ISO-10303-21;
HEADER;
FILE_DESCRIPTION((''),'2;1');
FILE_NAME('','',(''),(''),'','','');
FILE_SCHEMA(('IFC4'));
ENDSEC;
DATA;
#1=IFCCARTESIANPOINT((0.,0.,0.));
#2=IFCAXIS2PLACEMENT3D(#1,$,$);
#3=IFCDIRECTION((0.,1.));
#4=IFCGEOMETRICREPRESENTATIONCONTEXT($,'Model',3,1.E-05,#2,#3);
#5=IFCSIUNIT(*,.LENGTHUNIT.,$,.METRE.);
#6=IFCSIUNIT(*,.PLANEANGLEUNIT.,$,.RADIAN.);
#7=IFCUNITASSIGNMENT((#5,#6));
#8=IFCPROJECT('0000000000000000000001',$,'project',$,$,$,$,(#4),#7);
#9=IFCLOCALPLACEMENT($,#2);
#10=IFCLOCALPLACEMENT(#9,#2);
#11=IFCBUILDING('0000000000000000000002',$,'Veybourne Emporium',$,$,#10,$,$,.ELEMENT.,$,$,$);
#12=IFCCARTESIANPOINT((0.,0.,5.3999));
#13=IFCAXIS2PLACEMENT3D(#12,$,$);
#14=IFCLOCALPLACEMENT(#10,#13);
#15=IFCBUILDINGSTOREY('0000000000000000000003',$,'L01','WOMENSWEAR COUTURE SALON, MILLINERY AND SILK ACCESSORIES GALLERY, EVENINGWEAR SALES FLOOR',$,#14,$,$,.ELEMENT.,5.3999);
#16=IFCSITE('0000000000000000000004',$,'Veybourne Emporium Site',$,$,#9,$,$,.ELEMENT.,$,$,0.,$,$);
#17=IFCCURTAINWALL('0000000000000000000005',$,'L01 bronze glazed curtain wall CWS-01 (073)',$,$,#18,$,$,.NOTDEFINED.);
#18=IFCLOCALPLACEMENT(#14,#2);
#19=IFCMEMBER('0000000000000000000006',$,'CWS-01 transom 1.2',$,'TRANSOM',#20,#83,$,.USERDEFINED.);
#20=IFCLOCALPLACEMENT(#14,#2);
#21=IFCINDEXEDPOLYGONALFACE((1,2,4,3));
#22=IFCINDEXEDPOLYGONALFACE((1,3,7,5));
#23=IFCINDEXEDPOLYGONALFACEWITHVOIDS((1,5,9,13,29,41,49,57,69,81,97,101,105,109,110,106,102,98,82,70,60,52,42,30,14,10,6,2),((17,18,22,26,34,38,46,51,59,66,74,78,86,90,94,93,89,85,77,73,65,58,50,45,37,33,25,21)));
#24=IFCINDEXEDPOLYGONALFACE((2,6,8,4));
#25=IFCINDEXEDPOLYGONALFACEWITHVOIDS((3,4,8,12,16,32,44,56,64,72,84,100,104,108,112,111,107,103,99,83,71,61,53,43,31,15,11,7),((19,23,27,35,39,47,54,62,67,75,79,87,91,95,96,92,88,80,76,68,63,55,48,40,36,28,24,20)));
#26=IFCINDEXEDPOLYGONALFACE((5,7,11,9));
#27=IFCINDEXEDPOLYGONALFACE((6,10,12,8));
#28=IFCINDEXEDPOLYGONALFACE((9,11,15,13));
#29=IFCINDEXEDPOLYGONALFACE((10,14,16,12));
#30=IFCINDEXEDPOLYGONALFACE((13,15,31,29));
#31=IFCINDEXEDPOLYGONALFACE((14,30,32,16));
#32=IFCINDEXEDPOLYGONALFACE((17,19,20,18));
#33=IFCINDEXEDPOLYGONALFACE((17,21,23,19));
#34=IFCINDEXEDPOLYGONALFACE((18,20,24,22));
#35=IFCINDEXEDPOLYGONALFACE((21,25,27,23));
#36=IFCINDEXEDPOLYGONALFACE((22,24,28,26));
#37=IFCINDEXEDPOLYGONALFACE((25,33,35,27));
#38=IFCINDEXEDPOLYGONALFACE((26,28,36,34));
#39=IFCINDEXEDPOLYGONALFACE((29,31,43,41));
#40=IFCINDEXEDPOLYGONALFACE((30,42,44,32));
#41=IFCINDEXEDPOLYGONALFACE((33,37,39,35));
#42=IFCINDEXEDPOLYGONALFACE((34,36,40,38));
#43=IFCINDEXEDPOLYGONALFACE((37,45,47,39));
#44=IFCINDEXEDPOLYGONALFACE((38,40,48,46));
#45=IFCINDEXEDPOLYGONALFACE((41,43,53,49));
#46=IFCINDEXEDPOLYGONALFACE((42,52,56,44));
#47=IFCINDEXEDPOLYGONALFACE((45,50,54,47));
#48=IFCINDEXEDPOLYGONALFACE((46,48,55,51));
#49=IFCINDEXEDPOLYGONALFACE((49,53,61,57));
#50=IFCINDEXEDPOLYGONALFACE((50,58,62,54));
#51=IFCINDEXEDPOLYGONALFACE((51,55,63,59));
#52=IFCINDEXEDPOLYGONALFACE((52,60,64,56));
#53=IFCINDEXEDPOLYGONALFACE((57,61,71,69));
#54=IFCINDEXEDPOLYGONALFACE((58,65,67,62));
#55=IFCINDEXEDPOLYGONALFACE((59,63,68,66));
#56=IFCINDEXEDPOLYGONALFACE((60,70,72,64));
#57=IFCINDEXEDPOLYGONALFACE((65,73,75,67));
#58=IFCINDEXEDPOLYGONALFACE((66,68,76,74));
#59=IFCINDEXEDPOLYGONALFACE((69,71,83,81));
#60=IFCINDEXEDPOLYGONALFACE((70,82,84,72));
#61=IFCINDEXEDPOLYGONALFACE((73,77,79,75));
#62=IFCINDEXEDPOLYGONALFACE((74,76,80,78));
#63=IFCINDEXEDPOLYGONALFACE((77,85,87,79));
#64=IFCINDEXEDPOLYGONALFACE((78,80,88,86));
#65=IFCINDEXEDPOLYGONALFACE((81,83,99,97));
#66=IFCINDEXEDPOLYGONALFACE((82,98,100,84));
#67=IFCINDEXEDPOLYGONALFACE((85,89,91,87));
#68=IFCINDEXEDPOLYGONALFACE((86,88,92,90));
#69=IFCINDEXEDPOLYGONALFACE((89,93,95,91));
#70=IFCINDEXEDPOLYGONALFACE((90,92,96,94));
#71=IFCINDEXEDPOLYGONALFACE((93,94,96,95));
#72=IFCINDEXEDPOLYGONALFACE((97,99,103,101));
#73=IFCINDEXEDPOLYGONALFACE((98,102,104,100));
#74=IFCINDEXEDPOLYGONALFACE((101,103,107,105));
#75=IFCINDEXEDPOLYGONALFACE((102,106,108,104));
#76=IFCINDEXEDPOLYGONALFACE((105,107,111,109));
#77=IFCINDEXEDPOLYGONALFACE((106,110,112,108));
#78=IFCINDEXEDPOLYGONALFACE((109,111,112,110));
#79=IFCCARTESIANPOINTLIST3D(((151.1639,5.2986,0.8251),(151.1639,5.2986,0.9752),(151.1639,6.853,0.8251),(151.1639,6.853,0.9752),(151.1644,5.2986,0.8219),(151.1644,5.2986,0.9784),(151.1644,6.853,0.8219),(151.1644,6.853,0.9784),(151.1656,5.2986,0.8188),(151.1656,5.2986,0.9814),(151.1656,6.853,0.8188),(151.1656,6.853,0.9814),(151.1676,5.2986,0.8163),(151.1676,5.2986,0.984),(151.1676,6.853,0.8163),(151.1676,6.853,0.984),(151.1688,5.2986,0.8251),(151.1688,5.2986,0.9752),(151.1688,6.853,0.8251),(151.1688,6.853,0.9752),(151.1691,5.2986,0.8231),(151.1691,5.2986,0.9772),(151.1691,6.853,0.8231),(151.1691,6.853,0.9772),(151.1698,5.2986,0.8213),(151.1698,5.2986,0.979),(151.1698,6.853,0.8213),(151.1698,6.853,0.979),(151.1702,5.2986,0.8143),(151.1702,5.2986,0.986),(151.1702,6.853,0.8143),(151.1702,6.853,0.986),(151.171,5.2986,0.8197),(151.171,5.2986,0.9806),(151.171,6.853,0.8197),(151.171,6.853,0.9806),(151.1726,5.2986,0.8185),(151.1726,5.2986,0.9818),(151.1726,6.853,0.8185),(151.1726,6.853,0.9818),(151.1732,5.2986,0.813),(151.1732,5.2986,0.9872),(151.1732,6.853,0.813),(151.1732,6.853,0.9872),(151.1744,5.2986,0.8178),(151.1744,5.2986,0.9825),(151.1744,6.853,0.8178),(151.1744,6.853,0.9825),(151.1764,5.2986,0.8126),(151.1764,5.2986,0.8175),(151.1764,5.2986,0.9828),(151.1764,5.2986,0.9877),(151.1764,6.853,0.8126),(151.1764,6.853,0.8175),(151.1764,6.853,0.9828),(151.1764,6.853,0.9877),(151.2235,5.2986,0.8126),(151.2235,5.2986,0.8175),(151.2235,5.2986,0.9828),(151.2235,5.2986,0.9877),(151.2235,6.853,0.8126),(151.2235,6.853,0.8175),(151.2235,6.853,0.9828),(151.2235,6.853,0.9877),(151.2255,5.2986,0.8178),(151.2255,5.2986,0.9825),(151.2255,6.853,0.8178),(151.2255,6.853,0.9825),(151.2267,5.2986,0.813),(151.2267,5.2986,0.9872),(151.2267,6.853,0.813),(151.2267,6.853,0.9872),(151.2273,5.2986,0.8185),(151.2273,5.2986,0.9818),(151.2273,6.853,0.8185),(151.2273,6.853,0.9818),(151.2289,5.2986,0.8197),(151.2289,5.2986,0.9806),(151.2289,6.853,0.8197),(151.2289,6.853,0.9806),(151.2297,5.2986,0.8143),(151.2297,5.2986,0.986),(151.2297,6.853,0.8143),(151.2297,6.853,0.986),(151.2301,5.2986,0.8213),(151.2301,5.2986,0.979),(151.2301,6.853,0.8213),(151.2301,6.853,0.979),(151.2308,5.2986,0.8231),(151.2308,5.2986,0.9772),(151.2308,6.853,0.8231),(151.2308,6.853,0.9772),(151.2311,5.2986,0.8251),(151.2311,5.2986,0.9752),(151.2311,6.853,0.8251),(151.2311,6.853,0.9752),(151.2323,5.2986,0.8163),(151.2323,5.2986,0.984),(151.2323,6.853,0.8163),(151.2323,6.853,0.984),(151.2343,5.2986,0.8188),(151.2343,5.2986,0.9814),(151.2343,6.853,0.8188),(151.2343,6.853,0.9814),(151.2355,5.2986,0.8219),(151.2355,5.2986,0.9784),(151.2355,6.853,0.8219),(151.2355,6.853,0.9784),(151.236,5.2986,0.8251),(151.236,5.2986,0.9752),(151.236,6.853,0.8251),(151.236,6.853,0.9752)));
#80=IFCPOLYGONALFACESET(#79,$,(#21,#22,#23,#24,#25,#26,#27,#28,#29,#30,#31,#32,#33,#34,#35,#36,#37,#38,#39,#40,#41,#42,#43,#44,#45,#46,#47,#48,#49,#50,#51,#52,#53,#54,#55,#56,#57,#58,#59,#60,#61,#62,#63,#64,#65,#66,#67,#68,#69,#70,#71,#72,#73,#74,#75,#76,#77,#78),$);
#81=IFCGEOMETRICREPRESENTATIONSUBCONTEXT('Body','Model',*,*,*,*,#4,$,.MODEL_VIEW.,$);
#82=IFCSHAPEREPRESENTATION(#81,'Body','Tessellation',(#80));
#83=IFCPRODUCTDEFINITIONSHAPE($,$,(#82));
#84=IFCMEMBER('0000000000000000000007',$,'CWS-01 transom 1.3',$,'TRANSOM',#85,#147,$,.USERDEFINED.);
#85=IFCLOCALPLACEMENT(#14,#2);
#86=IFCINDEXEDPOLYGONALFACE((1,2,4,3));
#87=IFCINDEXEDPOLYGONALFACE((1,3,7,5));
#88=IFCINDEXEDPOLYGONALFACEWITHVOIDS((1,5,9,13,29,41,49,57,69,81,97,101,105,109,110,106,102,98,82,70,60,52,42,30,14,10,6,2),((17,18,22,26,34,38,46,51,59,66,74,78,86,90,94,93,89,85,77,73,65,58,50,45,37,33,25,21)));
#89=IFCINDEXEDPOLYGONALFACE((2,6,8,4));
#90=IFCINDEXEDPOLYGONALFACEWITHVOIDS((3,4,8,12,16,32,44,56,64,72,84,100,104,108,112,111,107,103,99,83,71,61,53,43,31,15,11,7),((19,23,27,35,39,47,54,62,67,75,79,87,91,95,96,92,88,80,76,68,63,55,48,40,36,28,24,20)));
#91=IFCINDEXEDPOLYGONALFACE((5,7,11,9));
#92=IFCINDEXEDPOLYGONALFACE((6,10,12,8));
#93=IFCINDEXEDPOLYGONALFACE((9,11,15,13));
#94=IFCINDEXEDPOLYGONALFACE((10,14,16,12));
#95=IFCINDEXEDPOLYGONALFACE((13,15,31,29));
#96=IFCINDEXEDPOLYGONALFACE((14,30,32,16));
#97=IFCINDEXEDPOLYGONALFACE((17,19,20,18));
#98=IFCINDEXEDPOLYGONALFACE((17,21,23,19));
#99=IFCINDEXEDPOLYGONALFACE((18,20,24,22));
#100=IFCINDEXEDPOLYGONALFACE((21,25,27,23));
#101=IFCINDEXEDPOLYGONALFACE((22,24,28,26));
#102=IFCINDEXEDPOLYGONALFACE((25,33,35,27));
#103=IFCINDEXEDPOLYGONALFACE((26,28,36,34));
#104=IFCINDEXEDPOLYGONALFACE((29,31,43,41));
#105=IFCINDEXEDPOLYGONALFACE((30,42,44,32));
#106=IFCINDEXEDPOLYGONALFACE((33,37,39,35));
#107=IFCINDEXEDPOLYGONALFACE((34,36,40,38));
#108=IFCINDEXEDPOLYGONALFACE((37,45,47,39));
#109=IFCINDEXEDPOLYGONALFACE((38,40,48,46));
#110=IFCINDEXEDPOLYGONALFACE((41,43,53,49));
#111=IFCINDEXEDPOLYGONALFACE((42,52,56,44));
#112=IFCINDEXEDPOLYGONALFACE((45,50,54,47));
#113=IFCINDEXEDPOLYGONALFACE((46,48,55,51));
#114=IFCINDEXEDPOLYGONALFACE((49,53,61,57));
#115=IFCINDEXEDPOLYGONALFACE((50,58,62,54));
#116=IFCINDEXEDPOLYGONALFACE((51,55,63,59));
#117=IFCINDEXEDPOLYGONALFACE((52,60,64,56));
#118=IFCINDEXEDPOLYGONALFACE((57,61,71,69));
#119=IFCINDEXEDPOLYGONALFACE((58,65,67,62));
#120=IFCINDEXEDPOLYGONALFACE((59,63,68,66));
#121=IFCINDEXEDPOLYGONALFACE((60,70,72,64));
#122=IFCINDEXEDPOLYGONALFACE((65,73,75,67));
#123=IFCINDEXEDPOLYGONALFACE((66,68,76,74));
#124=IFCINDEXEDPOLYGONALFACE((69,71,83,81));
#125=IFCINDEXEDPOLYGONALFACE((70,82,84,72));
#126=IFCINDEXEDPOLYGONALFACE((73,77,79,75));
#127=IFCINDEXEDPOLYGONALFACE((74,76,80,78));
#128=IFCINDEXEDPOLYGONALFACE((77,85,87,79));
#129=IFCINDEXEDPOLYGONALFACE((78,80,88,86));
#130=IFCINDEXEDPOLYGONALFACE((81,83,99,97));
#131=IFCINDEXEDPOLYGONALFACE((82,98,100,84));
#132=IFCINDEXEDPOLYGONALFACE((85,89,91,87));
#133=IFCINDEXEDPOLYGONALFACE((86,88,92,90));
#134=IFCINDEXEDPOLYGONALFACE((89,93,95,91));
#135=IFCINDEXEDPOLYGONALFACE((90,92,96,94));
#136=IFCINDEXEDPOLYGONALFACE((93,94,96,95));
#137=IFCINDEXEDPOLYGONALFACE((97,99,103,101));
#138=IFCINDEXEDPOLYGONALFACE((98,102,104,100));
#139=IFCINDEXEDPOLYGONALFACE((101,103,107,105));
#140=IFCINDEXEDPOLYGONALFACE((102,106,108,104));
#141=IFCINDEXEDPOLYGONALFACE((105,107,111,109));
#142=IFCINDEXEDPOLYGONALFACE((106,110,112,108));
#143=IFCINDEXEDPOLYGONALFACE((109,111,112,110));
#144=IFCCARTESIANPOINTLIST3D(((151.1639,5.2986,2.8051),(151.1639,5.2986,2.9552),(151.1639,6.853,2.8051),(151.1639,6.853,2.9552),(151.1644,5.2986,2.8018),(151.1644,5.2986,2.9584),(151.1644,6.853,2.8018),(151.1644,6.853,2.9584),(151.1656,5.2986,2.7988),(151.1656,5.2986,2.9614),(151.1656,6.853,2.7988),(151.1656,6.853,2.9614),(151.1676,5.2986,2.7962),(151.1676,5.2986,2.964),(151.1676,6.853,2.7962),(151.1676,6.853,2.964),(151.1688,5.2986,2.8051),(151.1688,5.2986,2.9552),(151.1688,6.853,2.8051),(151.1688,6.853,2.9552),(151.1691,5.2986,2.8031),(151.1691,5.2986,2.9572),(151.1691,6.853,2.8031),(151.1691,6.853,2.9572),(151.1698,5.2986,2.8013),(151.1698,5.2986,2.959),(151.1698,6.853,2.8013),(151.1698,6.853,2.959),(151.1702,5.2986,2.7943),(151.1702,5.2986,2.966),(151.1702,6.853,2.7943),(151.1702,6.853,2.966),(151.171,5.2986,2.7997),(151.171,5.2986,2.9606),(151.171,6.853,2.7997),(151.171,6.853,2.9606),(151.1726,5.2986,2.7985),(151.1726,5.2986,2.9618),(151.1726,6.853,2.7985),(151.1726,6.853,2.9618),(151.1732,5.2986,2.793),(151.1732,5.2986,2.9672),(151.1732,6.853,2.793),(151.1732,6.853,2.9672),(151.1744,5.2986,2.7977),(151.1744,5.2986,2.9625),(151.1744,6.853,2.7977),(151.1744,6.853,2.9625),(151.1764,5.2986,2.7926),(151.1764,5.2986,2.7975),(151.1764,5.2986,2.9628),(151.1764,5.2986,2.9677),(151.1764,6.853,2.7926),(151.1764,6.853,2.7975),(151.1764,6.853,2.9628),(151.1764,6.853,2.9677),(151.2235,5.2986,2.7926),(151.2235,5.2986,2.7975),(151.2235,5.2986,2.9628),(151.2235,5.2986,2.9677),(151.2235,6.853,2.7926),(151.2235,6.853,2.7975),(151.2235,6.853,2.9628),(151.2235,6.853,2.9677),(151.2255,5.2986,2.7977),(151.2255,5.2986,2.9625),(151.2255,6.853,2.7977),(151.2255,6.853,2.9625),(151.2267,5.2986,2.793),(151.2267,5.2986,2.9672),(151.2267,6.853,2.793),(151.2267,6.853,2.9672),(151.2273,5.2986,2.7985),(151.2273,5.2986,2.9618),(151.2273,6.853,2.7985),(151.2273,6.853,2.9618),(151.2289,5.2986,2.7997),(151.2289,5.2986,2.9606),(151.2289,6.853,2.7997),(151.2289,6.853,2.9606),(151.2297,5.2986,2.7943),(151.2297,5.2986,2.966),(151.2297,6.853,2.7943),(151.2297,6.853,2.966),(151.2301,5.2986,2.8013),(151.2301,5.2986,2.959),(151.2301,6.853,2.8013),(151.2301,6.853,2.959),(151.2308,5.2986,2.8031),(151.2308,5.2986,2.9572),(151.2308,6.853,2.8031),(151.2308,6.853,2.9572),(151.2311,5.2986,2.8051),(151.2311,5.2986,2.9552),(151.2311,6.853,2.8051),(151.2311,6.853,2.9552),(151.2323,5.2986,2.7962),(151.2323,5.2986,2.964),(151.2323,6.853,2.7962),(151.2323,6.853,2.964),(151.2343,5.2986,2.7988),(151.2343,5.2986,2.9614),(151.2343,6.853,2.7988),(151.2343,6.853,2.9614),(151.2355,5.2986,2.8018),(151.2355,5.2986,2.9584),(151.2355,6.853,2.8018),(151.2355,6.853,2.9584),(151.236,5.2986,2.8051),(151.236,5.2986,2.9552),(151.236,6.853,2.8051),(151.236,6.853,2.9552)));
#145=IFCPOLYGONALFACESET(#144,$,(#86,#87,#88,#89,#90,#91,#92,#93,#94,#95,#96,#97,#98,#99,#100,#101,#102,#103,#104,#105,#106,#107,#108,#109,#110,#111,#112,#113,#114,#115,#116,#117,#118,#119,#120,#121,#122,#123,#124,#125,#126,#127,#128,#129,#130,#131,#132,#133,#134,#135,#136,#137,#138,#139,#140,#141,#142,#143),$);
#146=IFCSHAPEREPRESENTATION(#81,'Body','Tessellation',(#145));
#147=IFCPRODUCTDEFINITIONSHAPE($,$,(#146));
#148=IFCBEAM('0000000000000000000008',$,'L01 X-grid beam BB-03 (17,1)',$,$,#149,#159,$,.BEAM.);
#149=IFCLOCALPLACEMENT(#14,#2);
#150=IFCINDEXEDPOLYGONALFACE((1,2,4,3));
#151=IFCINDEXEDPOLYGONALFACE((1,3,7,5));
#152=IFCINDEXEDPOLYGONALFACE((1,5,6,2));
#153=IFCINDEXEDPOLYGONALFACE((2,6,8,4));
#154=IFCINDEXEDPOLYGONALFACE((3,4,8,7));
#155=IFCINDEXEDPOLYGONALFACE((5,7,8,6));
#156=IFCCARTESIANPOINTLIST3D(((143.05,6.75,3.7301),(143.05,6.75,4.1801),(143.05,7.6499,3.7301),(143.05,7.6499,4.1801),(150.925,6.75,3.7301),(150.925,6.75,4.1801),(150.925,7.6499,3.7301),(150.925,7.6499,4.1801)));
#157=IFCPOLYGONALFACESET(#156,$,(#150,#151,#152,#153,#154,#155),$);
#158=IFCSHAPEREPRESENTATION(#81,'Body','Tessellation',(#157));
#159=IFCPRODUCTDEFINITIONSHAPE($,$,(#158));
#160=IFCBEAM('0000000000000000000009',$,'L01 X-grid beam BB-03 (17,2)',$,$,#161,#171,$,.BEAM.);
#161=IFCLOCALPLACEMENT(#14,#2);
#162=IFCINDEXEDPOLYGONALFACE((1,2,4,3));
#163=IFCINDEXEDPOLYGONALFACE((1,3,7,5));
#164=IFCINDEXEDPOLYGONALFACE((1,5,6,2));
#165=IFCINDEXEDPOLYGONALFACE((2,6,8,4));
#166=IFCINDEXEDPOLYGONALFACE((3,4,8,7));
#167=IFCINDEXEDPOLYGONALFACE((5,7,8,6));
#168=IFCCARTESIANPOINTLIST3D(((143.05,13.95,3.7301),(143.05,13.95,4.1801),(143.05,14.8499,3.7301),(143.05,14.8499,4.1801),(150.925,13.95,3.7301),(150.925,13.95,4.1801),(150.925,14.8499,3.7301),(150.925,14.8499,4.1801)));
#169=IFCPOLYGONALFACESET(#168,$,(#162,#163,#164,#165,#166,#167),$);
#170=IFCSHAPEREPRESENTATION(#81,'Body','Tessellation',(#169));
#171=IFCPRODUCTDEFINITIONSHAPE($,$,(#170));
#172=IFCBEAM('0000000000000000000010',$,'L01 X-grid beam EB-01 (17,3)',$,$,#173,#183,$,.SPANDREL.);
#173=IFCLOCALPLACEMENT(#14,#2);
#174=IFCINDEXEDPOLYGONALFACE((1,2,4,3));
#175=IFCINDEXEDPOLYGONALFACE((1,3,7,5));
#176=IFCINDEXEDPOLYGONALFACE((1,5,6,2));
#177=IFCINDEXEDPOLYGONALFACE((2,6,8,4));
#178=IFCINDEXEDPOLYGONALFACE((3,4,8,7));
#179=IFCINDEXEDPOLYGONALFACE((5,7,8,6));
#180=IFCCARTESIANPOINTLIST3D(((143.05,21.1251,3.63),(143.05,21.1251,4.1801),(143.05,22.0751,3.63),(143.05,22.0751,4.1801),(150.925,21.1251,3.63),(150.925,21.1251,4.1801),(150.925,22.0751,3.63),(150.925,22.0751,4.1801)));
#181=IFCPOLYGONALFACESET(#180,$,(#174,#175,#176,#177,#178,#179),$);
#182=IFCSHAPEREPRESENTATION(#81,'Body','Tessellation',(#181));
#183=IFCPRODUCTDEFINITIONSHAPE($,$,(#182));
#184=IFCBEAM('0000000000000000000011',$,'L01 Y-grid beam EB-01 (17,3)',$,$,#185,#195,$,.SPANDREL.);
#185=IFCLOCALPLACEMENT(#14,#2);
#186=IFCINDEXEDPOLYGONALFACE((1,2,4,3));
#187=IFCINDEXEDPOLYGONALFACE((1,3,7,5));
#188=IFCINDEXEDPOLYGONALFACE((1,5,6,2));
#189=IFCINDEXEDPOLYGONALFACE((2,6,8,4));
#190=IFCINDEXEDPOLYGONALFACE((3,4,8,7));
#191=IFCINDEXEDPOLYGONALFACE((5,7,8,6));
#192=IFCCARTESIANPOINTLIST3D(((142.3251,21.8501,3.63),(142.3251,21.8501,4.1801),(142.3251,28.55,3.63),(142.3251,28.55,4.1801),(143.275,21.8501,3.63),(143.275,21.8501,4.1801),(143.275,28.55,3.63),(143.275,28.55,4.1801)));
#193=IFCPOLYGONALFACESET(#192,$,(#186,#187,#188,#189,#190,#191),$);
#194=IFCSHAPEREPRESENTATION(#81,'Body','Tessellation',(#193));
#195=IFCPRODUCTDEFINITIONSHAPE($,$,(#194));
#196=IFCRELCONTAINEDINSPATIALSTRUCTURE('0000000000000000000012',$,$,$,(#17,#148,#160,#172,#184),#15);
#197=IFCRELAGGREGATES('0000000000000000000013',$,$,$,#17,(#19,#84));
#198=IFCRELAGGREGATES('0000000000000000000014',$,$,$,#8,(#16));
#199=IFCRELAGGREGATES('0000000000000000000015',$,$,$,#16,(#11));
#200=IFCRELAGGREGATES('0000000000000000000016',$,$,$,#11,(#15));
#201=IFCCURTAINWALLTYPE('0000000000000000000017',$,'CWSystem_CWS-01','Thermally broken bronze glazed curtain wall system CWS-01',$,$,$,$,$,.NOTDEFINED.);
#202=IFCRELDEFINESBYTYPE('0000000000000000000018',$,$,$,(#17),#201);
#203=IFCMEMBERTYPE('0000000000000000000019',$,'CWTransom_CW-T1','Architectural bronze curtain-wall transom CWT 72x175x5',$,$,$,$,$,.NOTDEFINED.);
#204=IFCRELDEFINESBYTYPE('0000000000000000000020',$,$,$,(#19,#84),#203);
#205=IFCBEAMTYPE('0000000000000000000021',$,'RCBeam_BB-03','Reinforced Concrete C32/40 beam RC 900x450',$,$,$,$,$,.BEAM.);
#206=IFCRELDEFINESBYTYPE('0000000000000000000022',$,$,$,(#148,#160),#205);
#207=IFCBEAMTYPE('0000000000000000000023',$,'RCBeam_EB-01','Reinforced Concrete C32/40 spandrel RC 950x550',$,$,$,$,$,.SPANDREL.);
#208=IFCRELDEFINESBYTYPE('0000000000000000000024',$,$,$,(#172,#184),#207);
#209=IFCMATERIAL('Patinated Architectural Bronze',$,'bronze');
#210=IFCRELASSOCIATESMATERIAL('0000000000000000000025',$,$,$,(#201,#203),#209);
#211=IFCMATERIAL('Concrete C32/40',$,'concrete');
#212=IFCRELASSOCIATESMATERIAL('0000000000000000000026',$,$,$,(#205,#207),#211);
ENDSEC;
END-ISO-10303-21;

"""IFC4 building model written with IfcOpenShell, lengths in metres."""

from ifc_helpers import new_model, si_unit, direction, frame, origin, origin_2d, place, context, subcontext, project, spatial, rectangle, hollow_rectangle, extrude, material, material_profile, profile_set, type_object, element, aggregate, save


model = new_model("IFC4")

# Units and contexts
model_context = context("Model", 3, precision=1e-05, world=origin(), true_north=direction((0.0, 1.0)))
body_context = subcontext(model_context, "Body", "Model", "MODEL_VIEW")
ifc_project = project(units=[si_unit("LENGTHUNIT", "METRE"), si_unit("PLANEANGLEUNIT", "RADIAN")], contexts=[model_context])

# Site, building, storey
site_placement = place(None, origin())
site = spatial("IfcSite", under=ifc_project, at=site_placement, Name="Veybourne Emporium Site", CompositionType="ELEMENT", RefElevation=0.0)
building_placement = place(site_placement, origin())
building = spatial("IfcBuilding", under=site, at=building_placement, Name="Veybourne Emporium", CompositionType="ELEMENT")
storey_placement = place(building_placement, frame((0.0, 0.0, 5.3999)))
storey = spatial("IfcBuildingStorey", under=building, at=storey_placement, Name="L01", Description="WOMENSWEAR COUTURE SALON, MILLINERY AND SILK ACCESSORIES GALLERY, EVENINGWEAR SALES FLOOR", CompositionType="ELEMENT", Elevation=5.3999)

# Shared definitions
ifc_material_1 = material(Name="Patinated Architectural Bronze", Category="bronze")

# Curtain wall, members
curtain_wall_type_1 = type_object("IfcCurtainWallType", Name="CWSystem_CWS-01", Description="Thermally broken bronze glazed curtain wall system CWS-01", PredefinedType="NOTDEFINED", material=ifc_material_1)
curtain_wall_1_placement = place(storey_placement, origin())
curtain_wall_1 = element("IfcCurtainWall", 1, at=curtain_wall_1_placement, inside=storey, type_object=curtain_wall_type_1, Name="L01 bronze glazed curtain wall CWS-01 (073)", PredefinedType="NOTDEFINED")
ifc_material_profile_1 = material_profile(ifc_material_1, hollow_rectangle(XDim=0.072, YDim=0.175, WallThickness=0.0049, InnerFilletRadius=0.0076, OuterFilletRadius=0.0125, at=origin_2d()), Name="CWT 72x175x5")
ifc_profile_set_1 = profile_set([ifc_material_profile_1], Name="Patinated Architectural Bronze")
member_type_1 = type_object("IfcMemberType", Name="CWTransom_CW-T1", Description="Architectural bronze curtain-wall transom CWT 72x175x5", PredefinedType="NOTDEFINED", material=ifc_profile_set_1)
member_1_placement = place(storey_placement, frame((151.2, 6.853, 0.9001), z_axis=(0.0, -1.0, 0.0), x_axis=(1.0, 0.0, 0.0)))
member_1 = element("IfcMember", 2, at=member_1_placement, type_object=member_type_1, Name="CWS-01 transom 1.2", ObjectType="TRANSOM", PredefinedType="USERDEFINED", context=body_context, shape_type="SweptSolid", body=[
    extrude(hollow_rectangle(XDim=0.072, YDim=0.175, WallThickness=0.0049, InnerFilletRadius=0.0076, OuterFilletRadius=0.0125, at=origin_2d()), origin(), (0.0, 0.0, 1.0), 1.5544),
])
member_2_placement = place(storey_placement, frame((151.2, 6.853, 2.8801), z_axis=(0.0, -1.0, 0.0), x_axis=(1.0, 0.0, 0.0)))
member_2 = element("IfcMember", 3, at=member_2_placement, type_object=member_type_1, Name="CWS-01 transom 1.3", ObjectType="TRANSOM", PredefinedType="USERDEFINED", context=body_context, shape_type="SweptSolid", body=[
    extrude(hollow_rectangle(XDim=0.072, YDim=0.175, WallThickness=0.0049, InnerFilletRadius=0.0076, OuterFilletRadius=0.0125, at=origin_2d()), origin(), (0.0, 0.0, 1.0), 1.5544),
])

# Beams
ifc_material_2 = material(Name="Concrete C32/40", Category="concrete")
ifc_material_profile_2 = material_profile(ifc_material_2, rectangle(XDim=0.8999, YDim=0.45, at=origin_2d()), Name="RC 900x450")
ifc_profile_set_2 = profile_set([ifc_material_profile_2], Name="Concrete C32/40")
beam_type_1 = type_object("IfcBeamType", Name="RCBeam_BB-03", Description="Reinforced Concrete C32/40 beam RC 900x450", PredefinedType="BEAM", material=ifc_profile_set_2)
for number, where, z_axis, x_axis, name in (
    (4, (143.05, 7.2, 3.9551), (1.0, 0.0, 0.0), (0.0, 1.0, 0.0), "L01 X-grid beam BB-03 (17,1)"),
    (5, (143.05, 14.3999, 3.9551), (1.0, 0.0, 0.0), (0.0, 1.0, 0.0), "L01 X-grid beam BB-03 (17,2)"),
):
    element("IfcBeam", number, at=place(storey_placement, frame(where, z_axis=z_axis, x_axis=x_axis)), inside=storey, type_object=beam_type_1, Name=name, PredefinedType="BEAM", context=body_context, shape_type="SweptSolid", body=[
        extrude(rectangle(XDim=0.8999, YDim=0.45, at=origin_2d()), origin(), (0.0, 0.0, 1.0), 7.875),
    ])
ifc_material_profile_3 = material_profile(ifc_material_2, rectangle(XDim=0.95, YDim=0.55, at=origin_2d()), Name="RC 950x550")
ifc_profile_set_3 = profile_set([ifc_material_profile_3], Name="Concrete C32/40")
beam_type_2 = type_object("IfcBeamType", Name="RCBeam_EB-01", Description="Reinforced Concrete C32/40 spandrel RC 950x550", PredefinedType="SPANDREL", material=ifc_profile_set_3)
beam_1_placement = place(storey_placement, frame((143.05, 21.6001, 3.905), z_axis=(1.0, 0.0, 0.0), x_axis=(0.0, 1.0, 0.0)))
element("IfcBeam", 6, at=beam_1_placement, inside=storey, type_object=beam_type_2, Name="L01 X-grid beam EB-01 (17,3)", PredefinedType="SPANDREL", context=body_context, shape_type="SweptSolid", body=[
    extrude(rectangle(XDim=0.95, YDim=0.55, at=origin_2d()), origin(), (0.0, 0.0, 1.0), 7.875),
])
beam_2_placement = place(storey_placement, frame((142.8, 21.8501, 3.905), z_axis=(0.0, 1.0, 0.0), x_axis=(-1.0, 0.0, 0.0)))
element("IfcBeam", 7, at=beam_2_placement, inside=storey, type_object=beam_type_2, Name="L01 Y-grid beam EB-01 (17,3)", PredefinedType="SPANDREL", context=body_context, shape_type="SweptSolid", body=[
    extrude(rectangle(XDim=0.95, YDim=0.55, at=origin_2d()), origin(), (0.0, 0.0, 1.0), 6.7),
])

aggregate(curtain_wall_1, [member_1, member_2])

save(model, "model.ifc")
